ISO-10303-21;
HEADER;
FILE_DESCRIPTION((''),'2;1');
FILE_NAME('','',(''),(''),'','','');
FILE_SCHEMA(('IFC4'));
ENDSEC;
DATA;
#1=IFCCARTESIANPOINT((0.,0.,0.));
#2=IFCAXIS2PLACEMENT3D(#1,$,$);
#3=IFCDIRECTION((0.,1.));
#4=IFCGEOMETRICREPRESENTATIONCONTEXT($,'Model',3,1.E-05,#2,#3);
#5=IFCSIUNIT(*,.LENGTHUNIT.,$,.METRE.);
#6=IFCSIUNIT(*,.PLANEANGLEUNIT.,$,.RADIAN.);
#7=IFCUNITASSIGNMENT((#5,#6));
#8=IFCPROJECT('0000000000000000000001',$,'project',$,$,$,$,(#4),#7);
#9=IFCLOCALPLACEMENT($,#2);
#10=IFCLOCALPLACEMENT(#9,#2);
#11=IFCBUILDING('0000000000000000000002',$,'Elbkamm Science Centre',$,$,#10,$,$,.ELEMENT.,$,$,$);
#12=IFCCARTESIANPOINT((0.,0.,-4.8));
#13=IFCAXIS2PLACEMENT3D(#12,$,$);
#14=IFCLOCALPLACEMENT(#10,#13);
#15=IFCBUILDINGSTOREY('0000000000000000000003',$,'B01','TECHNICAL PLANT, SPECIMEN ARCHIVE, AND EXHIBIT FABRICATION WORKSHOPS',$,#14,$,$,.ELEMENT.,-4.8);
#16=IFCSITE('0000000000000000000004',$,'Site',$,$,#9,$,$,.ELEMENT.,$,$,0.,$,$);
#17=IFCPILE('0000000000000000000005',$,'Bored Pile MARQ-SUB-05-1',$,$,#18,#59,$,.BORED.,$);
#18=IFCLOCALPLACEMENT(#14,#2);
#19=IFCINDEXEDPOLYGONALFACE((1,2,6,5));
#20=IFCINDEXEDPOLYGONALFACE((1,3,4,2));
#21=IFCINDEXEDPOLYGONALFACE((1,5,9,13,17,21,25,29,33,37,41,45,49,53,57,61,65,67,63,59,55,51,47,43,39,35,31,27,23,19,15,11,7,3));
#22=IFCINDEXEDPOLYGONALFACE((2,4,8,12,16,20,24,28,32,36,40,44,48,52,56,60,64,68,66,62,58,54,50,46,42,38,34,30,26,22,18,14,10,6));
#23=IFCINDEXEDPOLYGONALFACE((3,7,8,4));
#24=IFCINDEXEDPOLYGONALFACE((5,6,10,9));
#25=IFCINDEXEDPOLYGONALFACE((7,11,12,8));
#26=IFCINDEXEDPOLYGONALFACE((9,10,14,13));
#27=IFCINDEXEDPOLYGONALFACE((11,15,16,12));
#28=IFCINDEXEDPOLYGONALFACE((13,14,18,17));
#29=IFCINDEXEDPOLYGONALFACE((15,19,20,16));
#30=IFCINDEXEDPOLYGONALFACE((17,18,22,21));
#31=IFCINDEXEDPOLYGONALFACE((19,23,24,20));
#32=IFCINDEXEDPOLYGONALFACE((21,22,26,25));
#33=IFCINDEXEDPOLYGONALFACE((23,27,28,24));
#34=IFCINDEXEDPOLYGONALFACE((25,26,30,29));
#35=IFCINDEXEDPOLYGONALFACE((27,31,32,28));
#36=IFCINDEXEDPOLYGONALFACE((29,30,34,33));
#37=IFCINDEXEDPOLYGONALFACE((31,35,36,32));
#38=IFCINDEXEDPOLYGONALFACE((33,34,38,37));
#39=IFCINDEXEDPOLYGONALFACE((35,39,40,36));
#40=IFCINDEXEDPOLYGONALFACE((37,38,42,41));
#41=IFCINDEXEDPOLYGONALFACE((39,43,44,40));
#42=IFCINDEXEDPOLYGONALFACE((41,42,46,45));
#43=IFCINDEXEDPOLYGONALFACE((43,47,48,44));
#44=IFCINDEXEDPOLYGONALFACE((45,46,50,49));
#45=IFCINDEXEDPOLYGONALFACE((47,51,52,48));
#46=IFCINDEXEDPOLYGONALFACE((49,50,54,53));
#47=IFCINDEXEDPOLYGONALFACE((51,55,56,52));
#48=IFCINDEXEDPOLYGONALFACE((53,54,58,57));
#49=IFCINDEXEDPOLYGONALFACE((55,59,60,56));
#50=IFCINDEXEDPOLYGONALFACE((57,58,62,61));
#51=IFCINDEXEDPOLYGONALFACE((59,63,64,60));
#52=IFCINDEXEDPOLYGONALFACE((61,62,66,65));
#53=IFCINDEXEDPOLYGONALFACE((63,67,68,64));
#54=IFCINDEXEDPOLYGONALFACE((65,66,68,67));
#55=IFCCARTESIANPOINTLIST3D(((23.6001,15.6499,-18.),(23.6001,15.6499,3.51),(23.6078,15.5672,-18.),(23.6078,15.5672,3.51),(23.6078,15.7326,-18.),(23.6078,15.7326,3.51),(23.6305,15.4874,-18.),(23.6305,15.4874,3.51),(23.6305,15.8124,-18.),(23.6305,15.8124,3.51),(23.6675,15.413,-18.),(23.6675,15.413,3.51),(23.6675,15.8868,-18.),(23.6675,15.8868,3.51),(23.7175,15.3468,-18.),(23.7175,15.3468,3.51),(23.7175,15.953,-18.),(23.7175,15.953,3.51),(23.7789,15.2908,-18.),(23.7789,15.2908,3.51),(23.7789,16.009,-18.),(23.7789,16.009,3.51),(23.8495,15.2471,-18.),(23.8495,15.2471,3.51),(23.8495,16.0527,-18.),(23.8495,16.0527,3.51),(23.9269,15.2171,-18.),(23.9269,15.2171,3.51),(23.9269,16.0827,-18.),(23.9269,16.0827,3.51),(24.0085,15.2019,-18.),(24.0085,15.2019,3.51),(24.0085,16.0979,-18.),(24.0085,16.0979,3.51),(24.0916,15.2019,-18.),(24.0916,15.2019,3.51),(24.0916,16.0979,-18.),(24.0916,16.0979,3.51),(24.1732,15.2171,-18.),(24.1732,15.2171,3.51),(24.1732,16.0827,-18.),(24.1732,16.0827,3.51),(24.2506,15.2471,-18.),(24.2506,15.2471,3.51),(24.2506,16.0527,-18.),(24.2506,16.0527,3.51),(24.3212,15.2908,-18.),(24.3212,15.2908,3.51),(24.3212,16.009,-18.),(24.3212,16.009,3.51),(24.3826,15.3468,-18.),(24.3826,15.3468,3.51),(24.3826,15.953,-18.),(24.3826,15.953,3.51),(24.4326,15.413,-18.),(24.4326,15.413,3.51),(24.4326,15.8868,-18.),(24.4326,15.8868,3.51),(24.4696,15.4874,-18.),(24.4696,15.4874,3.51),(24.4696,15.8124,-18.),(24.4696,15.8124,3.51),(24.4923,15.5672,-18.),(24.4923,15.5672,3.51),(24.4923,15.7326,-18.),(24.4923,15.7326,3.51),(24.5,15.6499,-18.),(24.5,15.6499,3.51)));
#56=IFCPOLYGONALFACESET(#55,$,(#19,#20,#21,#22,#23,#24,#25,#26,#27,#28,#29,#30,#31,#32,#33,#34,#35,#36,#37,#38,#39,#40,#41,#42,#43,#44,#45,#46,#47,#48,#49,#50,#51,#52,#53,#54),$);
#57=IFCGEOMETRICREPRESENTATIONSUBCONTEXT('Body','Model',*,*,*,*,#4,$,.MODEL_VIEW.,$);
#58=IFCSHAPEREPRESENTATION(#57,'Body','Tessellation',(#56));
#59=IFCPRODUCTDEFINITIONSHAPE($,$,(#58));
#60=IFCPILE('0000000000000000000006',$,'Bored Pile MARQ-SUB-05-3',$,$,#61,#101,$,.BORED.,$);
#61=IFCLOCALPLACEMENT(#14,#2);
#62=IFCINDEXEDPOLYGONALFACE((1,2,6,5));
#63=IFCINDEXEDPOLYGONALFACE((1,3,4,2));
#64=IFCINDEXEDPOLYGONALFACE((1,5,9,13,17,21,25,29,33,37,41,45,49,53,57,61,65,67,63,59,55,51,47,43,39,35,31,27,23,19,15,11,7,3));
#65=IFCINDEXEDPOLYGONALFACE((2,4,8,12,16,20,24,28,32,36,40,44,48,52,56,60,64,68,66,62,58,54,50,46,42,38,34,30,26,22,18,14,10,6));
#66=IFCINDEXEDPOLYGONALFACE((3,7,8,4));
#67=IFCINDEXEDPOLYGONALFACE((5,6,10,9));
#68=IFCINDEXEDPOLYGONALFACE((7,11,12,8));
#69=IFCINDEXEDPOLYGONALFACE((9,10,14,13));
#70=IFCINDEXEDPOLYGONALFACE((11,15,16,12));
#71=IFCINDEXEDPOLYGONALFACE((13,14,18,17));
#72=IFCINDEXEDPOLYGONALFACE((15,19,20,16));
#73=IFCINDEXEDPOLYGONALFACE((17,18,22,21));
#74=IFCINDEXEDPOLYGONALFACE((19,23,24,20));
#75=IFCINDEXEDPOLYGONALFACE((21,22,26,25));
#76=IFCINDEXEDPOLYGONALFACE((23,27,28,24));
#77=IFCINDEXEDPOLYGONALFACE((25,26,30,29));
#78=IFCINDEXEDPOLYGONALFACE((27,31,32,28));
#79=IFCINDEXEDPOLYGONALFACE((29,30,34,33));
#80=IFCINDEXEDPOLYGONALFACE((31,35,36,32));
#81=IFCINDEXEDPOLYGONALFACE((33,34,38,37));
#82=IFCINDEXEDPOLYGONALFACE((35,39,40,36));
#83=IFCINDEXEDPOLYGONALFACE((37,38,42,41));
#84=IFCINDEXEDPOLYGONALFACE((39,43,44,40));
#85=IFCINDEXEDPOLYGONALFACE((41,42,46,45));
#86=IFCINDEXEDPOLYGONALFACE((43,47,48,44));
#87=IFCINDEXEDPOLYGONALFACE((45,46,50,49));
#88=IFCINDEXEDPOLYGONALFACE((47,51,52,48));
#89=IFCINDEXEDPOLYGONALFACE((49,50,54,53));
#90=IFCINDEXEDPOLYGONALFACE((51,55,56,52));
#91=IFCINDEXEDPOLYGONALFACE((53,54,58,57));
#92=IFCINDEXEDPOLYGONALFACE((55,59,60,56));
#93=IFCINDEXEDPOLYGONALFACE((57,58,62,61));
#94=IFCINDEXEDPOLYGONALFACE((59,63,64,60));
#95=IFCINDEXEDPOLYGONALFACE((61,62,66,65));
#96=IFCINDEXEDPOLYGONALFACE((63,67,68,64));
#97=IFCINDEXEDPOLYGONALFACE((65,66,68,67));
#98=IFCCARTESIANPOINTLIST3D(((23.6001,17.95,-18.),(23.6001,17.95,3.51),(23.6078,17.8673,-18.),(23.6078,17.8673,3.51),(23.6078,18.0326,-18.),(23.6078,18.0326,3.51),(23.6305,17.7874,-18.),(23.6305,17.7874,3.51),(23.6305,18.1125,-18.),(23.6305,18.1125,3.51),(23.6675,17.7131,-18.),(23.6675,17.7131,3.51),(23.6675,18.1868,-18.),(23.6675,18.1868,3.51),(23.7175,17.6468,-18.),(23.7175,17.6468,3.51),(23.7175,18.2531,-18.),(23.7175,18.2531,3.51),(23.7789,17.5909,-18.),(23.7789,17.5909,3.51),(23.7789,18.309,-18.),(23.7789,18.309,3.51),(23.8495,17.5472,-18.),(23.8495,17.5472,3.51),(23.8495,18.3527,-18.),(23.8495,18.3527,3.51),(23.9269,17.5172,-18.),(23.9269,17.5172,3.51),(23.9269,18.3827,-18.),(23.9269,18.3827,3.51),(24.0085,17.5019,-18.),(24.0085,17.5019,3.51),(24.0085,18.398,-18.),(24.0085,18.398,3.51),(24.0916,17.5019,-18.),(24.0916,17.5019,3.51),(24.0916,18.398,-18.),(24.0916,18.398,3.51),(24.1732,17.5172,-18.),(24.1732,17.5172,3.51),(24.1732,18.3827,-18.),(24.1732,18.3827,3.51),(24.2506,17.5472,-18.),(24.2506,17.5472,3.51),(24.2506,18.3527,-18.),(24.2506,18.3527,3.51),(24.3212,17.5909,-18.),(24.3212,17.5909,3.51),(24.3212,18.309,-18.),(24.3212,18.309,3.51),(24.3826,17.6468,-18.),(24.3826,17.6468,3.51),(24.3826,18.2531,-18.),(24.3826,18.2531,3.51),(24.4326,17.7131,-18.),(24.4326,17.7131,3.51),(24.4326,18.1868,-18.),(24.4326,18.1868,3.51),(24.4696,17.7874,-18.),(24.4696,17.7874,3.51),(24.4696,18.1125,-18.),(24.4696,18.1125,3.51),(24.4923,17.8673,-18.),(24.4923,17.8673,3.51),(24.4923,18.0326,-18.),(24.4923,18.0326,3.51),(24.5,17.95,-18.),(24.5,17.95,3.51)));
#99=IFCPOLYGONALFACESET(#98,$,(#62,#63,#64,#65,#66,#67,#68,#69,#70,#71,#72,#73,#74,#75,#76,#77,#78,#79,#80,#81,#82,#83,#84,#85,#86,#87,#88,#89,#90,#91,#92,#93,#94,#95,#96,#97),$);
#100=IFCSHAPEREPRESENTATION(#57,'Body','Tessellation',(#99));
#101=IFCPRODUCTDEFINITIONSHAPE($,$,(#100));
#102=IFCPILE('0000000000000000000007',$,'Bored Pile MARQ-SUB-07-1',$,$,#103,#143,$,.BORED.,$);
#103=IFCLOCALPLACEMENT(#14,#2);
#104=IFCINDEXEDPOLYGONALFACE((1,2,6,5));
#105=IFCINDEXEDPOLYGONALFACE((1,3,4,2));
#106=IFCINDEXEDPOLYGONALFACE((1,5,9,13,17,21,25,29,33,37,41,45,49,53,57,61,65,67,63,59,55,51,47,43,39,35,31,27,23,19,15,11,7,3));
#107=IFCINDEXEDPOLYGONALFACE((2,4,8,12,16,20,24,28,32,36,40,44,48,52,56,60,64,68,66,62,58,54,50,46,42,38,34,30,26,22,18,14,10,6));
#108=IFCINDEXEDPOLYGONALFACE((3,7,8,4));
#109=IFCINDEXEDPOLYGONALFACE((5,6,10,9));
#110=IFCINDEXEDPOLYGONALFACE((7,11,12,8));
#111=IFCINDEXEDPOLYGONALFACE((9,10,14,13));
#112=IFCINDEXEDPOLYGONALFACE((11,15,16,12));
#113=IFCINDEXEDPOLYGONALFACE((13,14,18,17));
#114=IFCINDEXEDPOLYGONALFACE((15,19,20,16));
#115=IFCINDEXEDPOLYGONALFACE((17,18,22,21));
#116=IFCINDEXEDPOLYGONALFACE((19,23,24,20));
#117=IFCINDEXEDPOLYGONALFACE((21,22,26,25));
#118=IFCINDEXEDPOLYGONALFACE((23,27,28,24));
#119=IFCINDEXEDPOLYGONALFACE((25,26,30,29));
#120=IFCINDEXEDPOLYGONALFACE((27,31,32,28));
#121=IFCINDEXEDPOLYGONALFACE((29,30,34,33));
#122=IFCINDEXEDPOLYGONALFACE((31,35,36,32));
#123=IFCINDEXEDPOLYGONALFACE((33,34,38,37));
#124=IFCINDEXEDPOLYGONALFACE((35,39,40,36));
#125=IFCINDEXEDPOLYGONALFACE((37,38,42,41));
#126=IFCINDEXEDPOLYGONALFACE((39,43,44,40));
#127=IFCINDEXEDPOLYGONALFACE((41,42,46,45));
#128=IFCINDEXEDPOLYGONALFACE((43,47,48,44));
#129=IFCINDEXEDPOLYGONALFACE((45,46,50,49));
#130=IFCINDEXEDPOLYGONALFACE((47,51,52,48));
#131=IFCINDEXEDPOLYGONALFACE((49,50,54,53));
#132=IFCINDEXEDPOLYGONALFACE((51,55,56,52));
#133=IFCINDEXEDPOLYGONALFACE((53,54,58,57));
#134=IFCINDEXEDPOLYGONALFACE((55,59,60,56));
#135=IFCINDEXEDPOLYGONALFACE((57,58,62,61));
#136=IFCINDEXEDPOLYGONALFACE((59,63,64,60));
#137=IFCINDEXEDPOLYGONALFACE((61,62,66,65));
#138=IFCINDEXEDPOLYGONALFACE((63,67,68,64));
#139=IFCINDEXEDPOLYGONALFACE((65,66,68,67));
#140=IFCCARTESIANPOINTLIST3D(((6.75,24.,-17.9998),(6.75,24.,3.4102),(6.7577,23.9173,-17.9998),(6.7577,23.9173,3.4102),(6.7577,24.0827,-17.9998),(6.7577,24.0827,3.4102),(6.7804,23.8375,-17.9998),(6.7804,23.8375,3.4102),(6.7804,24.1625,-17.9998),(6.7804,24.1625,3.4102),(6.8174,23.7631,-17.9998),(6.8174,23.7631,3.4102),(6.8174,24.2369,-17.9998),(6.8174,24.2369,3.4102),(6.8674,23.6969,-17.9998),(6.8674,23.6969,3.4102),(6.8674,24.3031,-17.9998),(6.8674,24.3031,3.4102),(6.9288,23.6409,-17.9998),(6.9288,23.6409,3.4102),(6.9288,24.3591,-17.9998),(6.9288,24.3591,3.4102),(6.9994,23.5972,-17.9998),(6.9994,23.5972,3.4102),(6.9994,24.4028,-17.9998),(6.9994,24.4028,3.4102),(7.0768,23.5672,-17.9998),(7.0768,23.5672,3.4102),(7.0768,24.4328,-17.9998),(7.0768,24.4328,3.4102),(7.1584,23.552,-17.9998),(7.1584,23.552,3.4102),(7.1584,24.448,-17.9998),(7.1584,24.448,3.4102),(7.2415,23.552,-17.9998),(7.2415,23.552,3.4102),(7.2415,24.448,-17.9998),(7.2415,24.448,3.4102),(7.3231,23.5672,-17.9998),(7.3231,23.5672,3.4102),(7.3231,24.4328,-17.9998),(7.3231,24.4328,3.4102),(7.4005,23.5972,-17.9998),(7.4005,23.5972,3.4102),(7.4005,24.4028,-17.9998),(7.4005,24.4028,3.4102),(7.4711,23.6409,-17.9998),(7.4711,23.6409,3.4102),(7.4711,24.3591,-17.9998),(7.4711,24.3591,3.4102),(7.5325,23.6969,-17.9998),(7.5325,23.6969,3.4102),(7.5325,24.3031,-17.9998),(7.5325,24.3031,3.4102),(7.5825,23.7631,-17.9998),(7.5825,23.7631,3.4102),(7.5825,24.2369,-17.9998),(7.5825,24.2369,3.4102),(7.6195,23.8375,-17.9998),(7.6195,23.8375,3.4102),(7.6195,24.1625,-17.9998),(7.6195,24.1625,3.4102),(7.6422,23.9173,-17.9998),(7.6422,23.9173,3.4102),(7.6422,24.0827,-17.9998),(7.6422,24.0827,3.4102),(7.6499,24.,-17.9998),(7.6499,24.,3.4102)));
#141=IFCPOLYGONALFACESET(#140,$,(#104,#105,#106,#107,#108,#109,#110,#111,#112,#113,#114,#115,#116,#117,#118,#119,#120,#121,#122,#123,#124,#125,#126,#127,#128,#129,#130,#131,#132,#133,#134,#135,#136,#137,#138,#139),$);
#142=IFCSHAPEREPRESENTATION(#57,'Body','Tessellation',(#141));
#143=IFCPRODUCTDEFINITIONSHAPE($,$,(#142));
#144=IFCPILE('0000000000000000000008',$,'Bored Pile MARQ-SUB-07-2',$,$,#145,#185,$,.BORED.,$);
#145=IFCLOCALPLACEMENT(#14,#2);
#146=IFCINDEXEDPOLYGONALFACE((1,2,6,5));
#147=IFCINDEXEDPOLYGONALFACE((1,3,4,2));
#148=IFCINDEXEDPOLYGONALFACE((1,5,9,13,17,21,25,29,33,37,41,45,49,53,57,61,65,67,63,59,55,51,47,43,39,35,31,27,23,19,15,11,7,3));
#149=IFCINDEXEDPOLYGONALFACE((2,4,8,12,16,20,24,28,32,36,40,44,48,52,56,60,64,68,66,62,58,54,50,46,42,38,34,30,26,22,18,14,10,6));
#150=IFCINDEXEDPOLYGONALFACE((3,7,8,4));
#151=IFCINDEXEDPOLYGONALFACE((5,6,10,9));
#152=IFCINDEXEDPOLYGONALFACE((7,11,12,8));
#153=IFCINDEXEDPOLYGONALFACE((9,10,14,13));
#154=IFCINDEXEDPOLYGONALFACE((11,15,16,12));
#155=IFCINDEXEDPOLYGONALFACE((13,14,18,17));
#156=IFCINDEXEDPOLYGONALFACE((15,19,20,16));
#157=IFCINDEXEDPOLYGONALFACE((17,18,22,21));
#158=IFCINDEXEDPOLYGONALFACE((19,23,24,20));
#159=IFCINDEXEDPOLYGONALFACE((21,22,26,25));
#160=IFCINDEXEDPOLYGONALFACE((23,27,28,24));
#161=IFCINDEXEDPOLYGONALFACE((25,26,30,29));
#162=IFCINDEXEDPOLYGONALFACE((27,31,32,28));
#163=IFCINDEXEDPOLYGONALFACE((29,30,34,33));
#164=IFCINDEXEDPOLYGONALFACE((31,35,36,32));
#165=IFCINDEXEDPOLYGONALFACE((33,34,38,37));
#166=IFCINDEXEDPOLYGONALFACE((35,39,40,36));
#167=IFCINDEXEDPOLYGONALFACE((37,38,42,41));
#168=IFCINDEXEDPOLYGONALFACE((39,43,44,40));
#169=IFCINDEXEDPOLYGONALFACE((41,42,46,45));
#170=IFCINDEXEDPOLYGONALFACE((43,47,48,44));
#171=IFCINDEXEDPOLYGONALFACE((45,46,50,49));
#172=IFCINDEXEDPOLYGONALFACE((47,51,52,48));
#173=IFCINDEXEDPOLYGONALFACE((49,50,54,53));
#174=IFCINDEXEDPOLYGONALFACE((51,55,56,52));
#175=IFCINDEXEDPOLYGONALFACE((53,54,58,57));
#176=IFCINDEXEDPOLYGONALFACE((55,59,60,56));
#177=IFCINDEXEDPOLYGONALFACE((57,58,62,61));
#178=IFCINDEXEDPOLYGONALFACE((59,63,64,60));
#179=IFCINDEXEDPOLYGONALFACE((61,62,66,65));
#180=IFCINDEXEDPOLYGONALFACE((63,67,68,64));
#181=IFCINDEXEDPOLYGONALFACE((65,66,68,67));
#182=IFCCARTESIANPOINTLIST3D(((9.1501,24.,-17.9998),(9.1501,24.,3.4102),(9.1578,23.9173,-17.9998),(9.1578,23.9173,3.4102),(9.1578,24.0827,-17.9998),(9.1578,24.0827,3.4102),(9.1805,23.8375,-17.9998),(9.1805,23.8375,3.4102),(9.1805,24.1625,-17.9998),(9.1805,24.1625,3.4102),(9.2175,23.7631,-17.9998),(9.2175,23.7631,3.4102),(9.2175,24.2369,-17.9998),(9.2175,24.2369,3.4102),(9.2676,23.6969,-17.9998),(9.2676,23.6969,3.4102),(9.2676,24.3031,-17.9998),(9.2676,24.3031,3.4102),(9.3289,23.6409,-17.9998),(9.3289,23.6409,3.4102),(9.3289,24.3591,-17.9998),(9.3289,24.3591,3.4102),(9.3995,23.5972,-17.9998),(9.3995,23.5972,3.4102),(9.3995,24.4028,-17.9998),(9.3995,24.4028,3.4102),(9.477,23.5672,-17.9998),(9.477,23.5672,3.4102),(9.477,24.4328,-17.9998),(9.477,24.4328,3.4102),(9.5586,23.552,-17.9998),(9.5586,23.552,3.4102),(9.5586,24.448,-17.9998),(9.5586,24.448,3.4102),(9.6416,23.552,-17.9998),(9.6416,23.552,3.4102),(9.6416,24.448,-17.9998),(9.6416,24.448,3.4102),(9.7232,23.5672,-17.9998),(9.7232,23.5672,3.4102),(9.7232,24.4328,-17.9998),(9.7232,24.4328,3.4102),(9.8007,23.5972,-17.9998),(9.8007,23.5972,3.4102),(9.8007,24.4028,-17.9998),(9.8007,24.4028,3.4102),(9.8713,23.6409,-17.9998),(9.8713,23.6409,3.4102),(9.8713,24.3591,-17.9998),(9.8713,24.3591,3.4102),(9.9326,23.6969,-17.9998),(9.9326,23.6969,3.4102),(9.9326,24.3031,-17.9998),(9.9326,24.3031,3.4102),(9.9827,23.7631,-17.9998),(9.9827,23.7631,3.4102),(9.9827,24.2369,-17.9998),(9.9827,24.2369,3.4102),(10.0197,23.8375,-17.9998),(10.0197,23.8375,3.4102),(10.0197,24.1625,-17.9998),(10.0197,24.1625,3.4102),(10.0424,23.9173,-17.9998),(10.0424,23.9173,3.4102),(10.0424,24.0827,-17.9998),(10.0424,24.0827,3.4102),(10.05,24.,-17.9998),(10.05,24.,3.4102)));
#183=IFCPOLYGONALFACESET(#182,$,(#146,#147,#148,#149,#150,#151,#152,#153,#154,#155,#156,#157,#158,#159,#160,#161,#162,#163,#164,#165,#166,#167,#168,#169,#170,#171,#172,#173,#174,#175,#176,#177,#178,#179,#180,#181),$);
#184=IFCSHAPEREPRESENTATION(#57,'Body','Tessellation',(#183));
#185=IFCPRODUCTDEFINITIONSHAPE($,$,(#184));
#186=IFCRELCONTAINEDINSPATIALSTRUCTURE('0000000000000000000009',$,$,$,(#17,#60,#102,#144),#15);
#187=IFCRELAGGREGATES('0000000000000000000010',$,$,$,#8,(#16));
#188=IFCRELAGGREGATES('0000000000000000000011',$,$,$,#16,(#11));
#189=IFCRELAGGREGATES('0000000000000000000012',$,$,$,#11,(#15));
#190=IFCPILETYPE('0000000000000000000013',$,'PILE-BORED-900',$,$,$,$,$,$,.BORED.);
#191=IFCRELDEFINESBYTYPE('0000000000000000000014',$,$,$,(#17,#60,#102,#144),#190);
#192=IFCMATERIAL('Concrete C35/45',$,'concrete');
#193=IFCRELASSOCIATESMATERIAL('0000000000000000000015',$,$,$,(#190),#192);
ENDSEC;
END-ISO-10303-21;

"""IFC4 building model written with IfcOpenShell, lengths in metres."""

from ifc_helpers import new_model, si_unit, direction, frame, origin, origin_2d, place, context, subcontext, project, spatial, circle, extrude, material, material_profile, profile_set, type_object, element, save


model = new_model("IFC4")

# Units and contexts
model_context = context("Model", 3, precision=1e-05, world=origin(), true_north=direction((0.0, 1.0)))
body_context = subcontext(model_context, "Body", "Model", "MODEL_VIEW")
ifc_project = project(units=[si_unit("LENGTHUNIT", "METRE"), si_unit("PLANEANGLEUNIT", "RADIAN")], contexts=[model_context])

# Site, building, storey
site_placement = place(None, origin())
site = spatial("IfcSite", under=ifc_project, at=site_placement, Name="Site", CompositionType="ELEMENT", RefElevation=0.0)
building_placement = place(site_placement, origin())
building = spatial("IfcBuilding", under=site, at=building_placement, Name="Elbkamm Science Centre", CompositionType="ELEMENT")
storey_placement = place(building_placement, frame((0.0, 0.0, -4.8)))
storey = spatial("IfcBuildingStorey", under=building, at=storey_placement, Name="B01", Description="TECHNICAL PLANT, SPECIMEN ARCHIVE, AND EXHIBIT FABRICATION WORKSHOPS", CompositionType="ELEMENT", Elevation=-4.8)

# Shared definitions
ifc_material = material(Name="Concrete C35/45", Category="concrete")

# Piles
ifc_material_profile = material_profile(ifc_material, circle(Radius=0.45, at=origin_2d()), Name="PILE D900")
ifc_profile_set = profile_set([ifc_material_profile], Name="Concrete C35/45")
pile_type = type_object("IfcPileType", Name="PILE-BORED-900", PredefinedType="BORED", material=ifc_profile_set)
for number, where, z_axis, x_axis, name in (
    (1, (24.05, 15.6499, 3.51), (0.0, 0.0, -1.0), (1.0, 0.0, 0.0), "Bored Pile MARQ-SUB-05-1"),
    (2, (24.05, 17.95, 3.51), (0.0, 0.0, -1.0), (1.0, 0.0, 0.0), "Bored Pile MARQ-SUB-05-3"),
):
    element("IfcPile", number, at=place(storey_placement, frame(where, z_axis=z_axis, x_axis=x_axis)), inside=storey, type_object=pile_type, Name=name, PredefinedType="BORED", context=body_context, shape_type="SweptSolid", body=[
        extrude(circle(Radius=0.45, at=origin_2d()), origin(), (0.0, 0.0, 1.0), 21.51),
    ])
for number, where, z_axis, x_axis, name in (
    (3, (7.2, 24.0, 3.4102), (0.0, 0.0, -1.0), (1.0, 0.0, 0.0), "Bored Pile MARQ-SUB-07-1"),
    (4, (9.6001, 24.0, 3.4102), (0.0, 0.0, -1.0), (1.0, 0.0, 0.0), "Bored Pile MARQ-SUB-07-2"),
):
    element("IfcPile", number, at=place(storey_placement, frame(where, z_axis=z_axis, x_axis=x_axis)), inside=storey, type_object=pile_type, Name=name, PredefinedType="BORED", context=body_context, shape_type="SweptSolid", body=[
        extrude(circle(Radius=0.45, at=origin_2d()), origin(), (0.0, 0.0, 1.0), 21.4099),
    ])

save(model, "model.ifc")
